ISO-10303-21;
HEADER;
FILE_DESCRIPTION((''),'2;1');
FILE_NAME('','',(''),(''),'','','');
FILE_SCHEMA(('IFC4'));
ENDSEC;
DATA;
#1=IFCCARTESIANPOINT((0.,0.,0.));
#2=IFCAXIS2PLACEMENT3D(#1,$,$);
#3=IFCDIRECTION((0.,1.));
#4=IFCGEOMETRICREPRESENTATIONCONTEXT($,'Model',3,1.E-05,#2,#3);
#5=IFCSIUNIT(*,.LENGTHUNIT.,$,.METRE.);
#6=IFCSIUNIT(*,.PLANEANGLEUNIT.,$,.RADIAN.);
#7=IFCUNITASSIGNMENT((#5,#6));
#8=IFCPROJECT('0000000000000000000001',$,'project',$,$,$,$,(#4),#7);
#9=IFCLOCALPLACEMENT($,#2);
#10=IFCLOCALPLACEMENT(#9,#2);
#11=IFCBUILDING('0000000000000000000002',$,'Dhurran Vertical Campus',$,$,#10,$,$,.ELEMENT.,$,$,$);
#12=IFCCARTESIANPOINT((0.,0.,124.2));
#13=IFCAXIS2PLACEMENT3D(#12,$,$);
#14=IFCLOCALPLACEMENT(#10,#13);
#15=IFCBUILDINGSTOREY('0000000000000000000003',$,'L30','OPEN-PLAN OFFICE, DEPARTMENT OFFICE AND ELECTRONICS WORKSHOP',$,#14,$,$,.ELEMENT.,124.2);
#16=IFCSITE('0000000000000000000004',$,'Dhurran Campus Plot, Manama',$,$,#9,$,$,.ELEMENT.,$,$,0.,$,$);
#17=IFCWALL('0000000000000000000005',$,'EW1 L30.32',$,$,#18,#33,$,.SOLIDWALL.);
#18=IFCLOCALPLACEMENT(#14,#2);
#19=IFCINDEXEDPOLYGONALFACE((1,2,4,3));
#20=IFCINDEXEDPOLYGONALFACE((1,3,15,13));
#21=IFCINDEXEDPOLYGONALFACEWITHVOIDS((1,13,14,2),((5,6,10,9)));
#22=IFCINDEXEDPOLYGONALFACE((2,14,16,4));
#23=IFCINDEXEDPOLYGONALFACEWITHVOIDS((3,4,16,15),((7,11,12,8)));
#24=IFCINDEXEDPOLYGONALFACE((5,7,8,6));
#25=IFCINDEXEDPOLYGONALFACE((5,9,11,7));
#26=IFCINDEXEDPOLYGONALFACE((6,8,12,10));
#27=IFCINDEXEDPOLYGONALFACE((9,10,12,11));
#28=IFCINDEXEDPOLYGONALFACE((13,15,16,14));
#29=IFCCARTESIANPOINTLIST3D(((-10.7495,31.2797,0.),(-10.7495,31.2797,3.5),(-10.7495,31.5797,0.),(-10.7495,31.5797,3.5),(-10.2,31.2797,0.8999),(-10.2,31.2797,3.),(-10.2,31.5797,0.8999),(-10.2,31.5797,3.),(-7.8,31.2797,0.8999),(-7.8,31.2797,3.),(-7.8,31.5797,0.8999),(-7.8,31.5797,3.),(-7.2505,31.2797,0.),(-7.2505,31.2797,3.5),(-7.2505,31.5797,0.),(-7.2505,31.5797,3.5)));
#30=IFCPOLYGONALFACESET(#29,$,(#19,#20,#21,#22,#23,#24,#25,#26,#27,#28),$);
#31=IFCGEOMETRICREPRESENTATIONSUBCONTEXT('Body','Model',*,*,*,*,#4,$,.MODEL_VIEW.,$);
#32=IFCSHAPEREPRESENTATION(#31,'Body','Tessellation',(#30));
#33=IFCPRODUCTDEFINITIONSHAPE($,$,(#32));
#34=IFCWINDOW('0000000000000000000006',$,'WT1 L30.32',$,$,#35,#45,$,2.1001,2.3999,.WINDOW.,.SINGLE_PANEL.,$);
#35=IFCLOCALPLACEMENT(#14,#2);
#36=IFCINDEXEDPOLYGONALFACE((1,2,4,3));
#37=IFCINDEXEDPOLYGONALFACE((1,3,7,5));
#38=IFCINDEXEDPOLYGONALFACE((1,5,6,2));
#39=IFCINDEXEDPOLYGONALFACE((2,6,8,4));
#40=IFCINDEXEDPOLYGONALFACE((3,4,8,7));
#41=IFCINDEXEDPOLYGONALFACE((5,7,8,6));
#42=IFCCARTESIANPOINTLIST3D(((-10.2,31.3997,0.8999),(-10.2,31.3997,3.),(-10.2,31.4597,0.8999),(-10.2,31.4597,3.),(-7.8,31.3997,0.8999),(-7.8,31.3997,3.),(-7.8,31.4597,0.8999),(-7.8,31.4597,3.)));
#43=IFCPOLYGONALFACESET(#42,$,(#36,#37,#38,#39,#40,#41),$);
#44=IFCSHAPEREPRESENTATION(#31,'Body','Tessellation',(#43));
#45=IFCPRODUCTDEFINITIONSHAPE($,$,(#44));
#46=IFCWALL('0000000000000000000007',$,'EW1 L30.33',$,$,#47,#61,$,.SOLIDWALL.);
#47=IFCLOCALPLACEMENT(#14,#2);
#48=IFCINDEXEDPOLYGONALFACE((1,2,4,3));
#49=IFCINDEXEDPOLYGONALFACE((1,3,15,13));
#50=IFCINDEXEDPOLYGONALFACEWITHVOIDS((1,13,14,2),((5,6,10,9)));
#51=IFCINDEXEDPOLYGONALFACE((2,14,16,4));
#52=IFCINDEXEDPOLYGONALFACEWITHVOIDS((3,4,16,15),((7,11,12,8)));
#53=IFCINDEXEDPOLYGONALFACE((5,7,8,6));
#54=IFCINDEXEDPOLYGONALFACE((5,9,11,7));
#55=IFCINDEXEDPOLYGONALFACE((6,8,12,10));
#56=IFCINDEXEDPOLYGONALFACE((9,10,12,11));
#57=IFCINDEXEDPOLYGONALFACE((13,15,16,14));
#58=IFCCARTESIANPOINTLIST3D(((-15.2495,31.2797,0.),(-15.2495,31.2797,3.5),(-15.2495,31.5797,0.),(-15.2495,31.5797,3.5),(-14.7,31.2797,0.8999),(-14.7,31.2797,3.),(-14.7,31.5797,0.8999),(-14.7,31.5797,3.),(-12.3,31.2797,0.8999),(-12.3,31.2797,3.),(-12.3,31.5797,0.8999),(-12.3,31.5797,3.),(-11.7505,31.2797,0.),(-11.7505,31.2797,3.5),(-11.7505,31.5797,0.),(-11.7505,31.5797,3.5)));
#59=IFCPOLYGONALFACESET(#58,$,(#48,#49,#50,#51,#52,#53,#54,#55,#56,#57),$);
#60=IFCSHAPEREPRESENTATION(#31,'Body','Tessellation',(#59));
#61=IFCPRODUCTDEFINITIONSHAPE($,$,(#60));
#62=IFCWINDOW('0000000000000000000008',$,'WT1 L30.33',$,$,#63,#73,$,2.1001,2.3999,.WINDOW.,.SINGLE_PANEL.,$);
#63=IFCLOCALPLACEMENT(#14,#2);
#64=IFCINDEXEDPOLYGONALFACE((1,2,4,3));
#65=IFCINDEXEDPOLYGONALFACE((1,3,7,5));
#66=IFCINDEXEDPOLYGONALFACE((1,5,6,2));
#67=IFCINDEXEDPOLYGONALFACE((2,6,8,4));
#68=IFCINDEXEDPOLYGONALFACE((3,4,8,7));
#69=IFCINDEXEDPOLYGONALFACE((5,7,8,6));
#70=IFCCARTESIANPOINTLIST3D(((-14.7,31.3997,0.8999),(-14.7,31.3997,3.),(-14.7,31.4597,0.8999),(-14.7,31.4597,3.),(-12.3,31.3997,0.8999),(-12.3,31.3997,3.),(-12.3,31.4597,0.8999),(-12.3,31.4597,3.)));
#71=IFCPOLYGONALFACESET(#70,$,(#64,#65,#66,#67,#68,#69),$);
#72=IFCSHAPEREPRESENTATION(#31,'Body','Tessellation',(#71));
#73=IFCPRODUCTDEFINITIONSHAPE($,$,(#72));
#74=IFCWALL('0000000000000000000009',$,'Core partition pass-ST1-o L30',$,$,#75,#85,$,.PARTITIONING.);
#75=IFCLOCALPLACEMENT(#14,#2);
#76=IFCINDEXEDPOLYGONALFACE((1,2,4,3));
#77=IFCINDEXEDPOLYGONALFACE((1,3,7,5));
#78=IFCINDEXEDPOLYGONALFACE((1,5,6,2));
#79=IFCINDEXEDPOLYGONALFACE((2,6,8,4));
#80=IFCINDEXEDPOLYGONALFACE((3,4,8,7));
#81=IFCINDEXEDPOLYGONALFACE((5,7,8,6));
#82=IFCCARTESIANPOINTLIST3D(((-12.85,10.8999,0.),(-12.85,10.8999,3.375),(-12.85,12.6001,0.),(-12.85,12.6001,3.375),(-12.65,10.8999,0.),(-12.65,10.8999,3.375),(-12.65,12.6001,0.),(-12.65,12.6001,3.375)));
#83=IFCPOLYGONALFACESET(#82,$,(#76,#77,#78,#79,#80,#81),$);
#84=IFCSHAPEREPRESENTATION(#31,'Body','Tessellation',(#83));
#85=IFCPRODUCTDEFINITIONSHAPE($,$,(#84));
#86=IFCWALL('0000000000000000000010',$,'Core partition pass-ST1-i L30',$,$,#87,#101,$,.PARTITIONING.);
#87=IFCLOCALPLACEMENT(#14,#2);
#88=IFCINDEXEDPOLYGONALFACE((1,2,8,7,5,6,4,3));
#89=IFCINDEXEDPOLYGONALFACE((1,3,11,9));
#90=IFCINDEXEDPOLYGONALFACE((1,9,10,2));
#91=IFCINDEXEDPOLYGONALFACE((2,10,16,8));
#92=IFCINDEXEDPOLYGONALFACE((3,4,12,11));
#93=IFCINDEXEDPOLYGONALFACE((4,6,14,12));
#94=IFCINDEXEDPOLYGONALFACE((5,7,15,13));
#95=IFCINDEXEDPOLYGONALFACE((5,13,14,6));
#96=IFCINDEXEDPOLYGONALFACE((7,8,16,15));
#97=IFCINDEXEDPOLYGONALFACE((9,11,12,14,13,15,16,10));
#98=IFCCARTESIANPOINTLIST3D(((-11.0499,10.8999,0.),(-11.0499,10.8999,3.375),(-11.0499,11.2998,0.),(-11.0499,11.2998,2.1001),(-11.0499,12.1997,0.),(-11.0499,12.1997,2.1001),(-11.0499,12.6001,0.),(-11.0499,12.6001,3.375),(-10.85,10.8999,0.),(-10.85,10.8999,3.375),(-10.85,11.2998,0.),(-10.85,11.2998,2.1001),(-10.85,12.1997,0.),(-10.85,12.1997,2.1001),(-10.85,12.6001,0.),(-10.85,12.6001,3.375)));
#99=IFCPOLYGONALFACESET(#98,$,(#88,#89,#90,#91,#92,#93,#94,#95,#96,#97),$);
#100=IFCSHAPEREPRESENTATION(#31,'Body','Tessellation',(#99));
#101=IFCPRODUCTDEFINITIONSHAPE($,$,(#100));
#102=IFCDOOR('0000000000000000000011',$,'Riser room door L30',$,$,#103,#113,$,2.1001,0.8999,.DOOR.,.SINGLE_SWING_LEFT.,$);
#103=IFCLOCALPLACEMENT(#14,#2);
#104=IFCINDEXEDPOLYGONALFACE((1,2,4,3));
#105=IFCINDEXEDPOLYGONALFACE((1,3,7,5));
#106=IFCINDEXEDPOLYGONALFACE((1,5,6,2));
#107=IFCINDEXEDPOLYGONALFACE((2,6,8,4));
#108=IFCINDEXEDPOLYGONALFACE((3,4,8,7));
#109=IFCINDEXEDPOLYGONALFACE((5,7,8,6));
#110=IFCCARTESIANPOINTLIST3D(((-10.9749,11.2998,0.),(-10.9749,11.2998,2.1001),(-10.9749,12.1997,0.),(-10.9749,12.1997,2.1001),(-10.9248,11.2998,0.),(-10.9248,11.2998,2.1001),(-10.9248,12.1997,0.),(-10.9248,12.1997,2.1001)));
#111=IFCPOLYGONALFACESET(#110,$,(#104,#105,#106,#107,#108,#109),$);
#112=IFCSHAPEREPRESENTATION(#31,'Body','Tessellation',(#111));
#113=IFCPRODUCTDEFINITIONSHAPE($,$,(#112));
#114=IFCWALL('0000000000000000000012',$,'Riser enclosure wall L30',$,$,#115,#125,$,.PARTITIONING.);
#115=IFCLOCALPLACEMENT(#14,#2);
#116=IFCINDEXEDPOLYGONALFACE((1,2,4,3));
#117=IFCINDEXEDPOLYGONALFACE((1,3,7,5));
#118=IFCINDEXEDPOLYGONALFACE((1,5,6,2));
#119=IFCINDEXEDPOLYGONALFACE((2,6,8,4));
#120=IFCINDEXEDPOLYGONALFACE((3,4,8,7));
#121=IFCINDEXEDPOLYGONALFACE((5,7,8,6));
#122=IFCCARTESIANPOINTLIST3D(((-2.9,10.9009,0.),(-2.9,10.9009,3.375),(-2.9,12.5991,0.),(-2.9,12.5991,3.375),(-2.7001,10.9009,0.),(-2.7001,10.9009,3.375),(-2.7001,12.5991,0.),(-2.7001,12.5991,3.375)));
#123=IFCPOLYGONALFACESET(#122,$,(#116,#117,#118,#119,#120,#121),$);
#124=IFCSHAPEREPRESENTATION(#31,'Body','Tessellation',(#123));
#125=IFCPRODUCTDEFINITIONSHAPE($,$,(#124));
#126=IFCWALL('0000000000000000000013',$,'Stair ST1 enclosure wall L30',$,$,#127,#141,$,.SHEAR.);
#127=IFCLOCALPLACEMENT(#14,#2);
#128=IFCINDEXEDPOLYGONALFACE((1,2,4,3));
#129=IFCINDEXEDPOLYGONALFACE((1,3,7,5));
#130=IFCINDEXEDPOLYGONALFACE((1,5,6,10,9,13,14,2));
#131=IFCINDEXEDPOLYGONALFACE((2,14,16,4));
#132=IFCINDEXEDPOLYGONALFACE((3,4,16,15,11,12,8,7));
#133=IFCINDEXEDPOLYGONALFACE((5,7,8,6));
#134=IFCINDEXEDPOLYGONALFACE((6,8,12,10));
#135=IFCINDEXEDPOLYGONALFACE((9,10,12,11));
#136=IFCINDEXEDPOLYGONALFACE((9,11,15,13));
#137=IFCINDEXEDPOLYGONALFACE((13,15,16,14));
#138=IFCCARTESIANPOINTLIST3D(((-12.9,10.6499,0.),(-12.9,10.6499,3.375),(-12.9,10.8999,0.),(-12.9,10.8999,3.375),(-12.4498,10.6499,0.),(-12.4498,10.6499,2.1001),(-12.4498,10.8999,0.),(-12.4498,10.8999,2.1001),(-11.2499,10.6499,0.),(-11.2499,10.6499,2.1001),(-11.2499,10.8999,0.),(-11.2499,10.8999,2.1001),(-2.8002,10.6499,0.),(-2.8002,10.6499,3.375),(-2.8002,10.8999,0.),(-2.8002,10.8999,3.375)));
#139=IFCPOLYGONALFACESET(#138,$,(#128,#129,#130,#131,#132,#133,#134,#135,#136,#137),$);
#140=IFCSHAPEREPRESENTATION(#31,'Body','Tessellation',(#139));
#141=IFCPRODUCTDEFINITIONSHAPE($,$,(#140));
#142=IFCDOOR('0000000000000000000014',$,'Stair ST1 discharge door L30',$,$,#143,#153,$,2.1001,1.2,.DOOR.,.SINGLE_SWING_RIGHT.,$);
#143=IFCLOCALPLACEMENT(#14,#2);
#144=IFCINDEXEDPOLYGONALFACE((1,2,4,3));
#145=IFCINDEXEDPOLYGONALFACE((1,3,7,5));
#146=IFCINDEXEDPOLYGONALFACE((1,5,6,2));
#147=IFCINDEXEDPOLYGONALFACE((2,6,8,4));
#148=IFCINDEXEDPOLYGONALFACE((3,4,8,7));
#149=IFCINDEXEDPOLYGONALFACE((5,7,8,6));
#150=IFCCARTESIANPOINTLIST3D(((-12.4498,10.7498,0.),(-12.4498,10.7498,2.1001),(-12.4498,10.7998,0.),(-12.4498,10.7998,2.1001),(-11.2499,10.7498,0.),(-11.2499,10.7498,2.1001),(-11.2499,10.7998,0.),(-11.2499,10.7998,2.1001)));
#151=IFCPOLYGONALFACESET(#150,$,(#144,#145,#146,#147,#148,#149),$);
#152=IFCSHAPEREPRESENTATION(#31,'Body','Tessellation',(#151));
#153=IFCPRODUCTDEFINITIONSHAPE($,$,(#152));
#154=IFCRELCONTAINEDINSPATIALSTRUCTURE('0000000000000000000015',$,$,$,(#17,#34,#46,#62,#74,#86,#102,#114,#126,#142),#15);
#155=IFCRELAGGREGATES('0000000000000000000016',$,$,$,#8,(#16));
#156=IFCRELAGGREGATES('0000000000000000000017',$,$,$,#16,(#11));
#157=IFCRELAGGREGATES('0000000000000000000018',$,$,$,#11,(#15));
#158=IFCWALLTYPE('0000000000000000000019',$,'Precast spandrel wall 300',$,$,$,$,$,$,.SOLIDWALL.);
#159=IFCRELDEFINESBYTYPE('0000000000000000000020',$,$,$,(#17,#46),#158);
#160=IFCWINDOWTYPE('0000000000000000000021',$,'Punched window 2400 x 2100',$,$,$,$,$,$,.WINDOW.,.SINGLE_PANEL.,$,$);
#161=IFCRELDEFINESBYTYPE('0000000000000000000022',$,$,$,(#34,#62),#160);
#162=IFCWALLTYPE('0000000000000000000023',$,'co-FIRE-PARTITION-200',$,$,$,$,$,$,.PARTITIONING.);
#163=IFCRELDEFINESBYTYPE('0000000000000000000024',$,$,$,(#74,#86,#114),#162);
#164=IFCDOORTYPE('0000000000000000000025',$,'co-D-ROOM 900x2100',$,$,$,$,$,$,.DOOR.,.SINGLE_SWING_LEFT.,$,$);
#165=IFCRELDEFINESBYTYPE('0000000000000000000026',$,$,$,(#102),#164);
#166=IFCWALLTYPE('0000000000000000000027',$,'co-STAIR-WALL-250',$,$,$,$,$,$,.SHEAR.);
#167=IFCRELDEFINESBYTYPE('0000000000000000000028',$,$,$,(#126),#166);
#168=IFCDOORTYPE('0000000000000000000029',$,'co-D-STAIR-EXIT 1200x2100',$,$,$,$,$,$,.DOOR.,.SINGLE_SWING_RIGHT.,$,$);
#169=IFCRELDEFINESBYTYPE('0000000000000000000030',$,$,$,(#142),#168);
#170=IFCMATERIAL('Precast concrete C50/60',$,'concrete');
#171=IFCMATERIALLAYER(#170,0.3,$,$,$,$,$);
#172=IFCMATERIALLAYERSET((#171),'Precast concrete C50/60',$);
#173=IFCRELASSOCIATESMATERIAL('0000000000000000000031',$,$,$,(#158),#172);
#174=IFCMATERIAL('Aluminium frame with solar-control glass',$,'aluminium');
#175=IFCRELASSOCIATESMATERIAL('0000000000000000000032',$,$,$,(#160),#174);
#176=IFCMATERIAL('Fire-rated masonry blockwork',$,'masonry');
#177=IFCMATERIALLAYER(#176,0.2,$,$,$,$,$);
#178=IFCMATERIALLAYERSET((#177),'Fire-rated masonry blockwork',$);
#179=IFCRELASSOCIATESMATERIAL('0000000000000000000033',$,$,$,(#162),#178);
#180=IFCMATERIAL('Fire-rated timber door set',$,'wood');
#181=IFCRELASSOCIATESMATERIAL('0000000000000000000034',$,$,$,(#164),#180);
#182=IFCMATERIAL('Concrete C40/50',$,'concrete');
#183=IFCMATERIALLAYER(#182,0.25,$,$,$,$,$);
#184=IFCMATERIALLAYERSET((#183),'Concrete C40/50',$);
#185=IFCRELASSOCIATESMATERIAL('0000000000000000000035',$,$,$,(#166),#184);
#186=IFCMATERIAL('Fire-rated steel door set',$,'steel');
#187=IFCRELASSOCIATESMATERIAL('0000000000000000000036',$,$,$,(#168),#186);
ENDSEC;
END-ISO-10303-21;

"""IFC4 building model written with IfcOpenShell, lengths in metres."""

from ifc_helpers import new_model, si_unit, direction, frame, frame_2d, origin, place, context, subcontext, project, spatial, rectangle, extrude, material, layer, layer_set, type_object, element, fill, save


model = new_model("IFC4")

# Units and contexts
model_context = context("Model", 3, precision=1e-05, world=origin(), true_north=direction((0.0, 1.0)))
body_context = subcontext(model_context, "Body", "Model", "MODEL_VIEW")
ifc_project = project(units=[si_unit("LENGTHUNIT", "METRE"), si_unit("PLANEANGLEUNIT", "RADIAN")], contexts=[model_context])

# Site, building, storey
site_placement = place(None, origin())
site = spatial("IfcSite", under=ifc_project, at=site_placement, Name="Dhurran Campus Plot, Manama", CompositionType="ELEMENT", RefElevation=0.0)
building_placement = place(site_placement, origin())
building = spatial("IfcBuilding", under=site, at=building_placement, Name="Dhurran Vertical Campus", CompositionType="ELEMENT")
storey_placement = place(building_placement, frame((0.0, 0.0, 124.2)))
storey = spatial("IfcBuildingStorey", under=building, at=storey_placement, Name="L30", Description="OPEN-PLAN OFFICE, DEPARTMENT OFFICE AND ELECTRONICS WORKSHOP", CompositionType="ELEMENT", Elevation=124.2)

# Walls, openings, windows
ifc_material_1 = material(Name="Precast concrete C50/60", Category="concrete")
ifc_layer_1 = layer(ifc_material_1, 0.3)
ifc_layer_set_1 = layer_set([ifc_layer_1], Name="Precast concrete C50/60")
wall_type_1 = type_object("IfcWallType", Name="Precast spandrel wall 300", PredefinedType="SOLIDWALL", material=ifc_layer_set_1)
ifc_material_2 = material(Name="Aluminium frame with solar-control glass", Category="aluminium")
window_type = type_object("IfcWindowType", Name="Punched window 2400 x 2100", PartitioningType="SINGLE_PANEL", PredefinedType="WINDOW", material=ifc_material_2)
wall_1_placement = place(storey_placement, frame((-7.2505, 31.4297, 0.0), z_axis=(0.0, 0.0, 1.0), x_axis=(-1.0, 0.0, 0.0)))
wall_1 = element("IfcWall", 1, at=wall_1_placement, inside=storey, type_object=wall_type_1, Name="EW1 L30.32", PredefinedType="SOLIDWALL", context=body_context, shape_type="SweptSolid", body=[
    extrude(rectangle(XDim=3.499, YDim=0.3, at=frame_2d((1.7495, 0.0))), origin(), (0.0, 0.0, 1.0), 3.5),
])
opening_1_placement = place(wall_1_placement, frame((0.5496, 0.0, 0.8999)))
opening_1 = element("IfcOpeningElement", 2, at=opening_1_placement, cuts=wall_1, PredefinedType="OPENING", context=body_context, shape_type="SweptSolid", body=[
    extrude(rectangle(XDim=2.3999, YDim=2.1001, at=frame_2d((1.2, 1.05))), frame((0.0, 0.1599, 0.0), z_axis=(0.0, -1.0, 0.0), x_axis=(1.0, 0.0, 0.0)), (0.0, 0.0, 1.0), 0.3201),
])
window_1_placement = place(opening_1_placement, origin())
window_1 = element("IfcWindow", 3, at=window_1_placement, inside=storey, type_object=window_type, Name="WT1 L30.32", OverallHeight=2.1001, OverallWidth=2.3999, PartitioningType="SINGLE_PANEL", PredefinedType="WINDOW", context=body_context, shape_type="SweptSolid", body=[
    extrude(rectangle(XDim=2.3999, YDim=2.1001, at=frame_2d((1.2, 1.05))), frame((0.0, 0.03, 0.0), z_axis=(0.0, -1.0, 0.0), x_axis=(1.0, 0.0, 0.0)), (0.0, 0.0, 1.0), 0.0601),
])
fill(opening_1, window_1)
wall_2_placement = place(storey_placement, frame((-11.7505, 31.4297, 0.0), z_axis=(0.0, 0.0, 1.0), x_axis=(-1.0, 0.0, 0.0)))
wall_2 = element("IfcWall", 4, at=wall_2_placement, inside=storey, type_object=wall_type_1, Name="EW1 L30.33", PredefinedType="SOLIDWALL", context=body_context, shape_type="SweptSolid", body=[
    extrude(rectangle(XDim=3.499, YDim=0.3, at=frame_2d((1.7495, 0.0))), origin(), (0.0, 0.0, 1.0), 3.5),
])
opening_2_placement = place(wall_2_placement, frame((0.5496, 0.0, 0.8999)))
opening_2 = element("IfcOpeningElement", 5, at=opening_2_placement, cuts=wall_2, PredefinedType="OPENING", context=body_context, shape_type="SweptSolid", body=[
    extrude(rectangle(XDim=2.3999, YDim=2.1001, at=frame_2d((1.2, 1.05))), frame((0.0, 0.1599, 0.0), z_axis=(0.0, -1.0, 0.0), x_axis=(1.0, 0.0, 0.0)), (0.0, 0.0, 1.0), 0.3201),
])
window_2_placement = place(opening_2_placement, origin())
window_2 = element("IfcWindow", 6, at=window_2_placement, inside=storey, type_object=window_type, Name="WT1 L30.33", OverallHeight=2.1001, OverallWidth=2.3999, PartitioningType="SINGLE_PANEL", PredefinedType="WINDOW", context=body_context, shape_type="SweptSolid", body=[
    extrude(rectangle(XDim=2.3999, YDim=2.1001, at=frame_2d((1.2, 1.05))), frame((0.0, 0.03, 0.0), z_axis=(0.0, -1.0, 0.0), x_axis=(1.0, 0.0, 0.0)), (0.0, 0.0, 1.0), 0.0601),
])
fill(opening_2, window_2)

# Wall
ifc_material_3 = material(Name="Fire-rated masonry blockwork", Category="masonry")
ifc_layer_2 = layer(ifc_material_3, 0.2)
ifc_layer_set_2 = layer_set([ifc_layer_2], Name="Fire-rated masonry blockwork")
wall_type_2 = type_object("IfcWallType", Name="co-FIRE-PARTITION-200", PredefinedType="PARTITIONING", material=ifc_layer_set_2)
wall_3_placement = place(storey_placement, frame((-12.75, 10.8999, 0.0), z_axis=(0.0, 0.0, 1.0), x_axis=(0.0, 1.0, 0.0)))
element("IfcWall", 7, at=wall_3_placement, inside=storey, type_object=wall_type_2, Name="Core partition pass-ST1-o L30", PredefinedType="PARTITIONING", context=body_context, shape_type="SweptSolid", body=[
    extrude(rectangle(XDim=1.7002, YDim=0.2, at=frame_2d((0.8501, 0.0))), origin(), (0.0, 0.0, 1.0), 3.375),
])

# Wall, opening, door
wall_4_placement = place(storey_placement, frame((-10.95, 10.8999, 0.0), z_axis=(0.0, 0.0, 1.0), x_axis=(0.0, 1.0, 0.0)))
wall_4 = element("IfcWall", 8, at=wall_4_placement, inside=storey, type_object=wall_type_2, Name="Core partition pass-ST1-i L30", PredefinedType="PARTITIONING", context=body_context, shape_type="SweptSolid", body=[
    extrude(rectangle(XDim=1.7002, YDim=0.2, at=frame_2d((0.8501, 0.0))), origin(), (0.0, 0.0, 1.0), 3.375),
])
opening_3_placement = place(wall_4_placement, frame((0.3999, 0.0, 0.0)))
opening_3 = element("IfcOpeningElement", 9, at=opening_3_placement, cuts=wall_4, PredefinedType="OPENING", context=body_context, shape_type="SweptSolid", body=[
    extrude(rectangle(XDim=0.8999, YDim=2.1001, at=frame_2d((0.45, 1.05))), frame((0.0, 0.1099, 0.0), z_axis=(0.0, -1.0, 0.0), x_axis=(1.0, 0.0, 0.0)), (0.0, 0.0, 1.0), 0.22),
])
ifc_material_4 = material(Name="Fire-rated timber door set", Category="wood")
door_type_1 = type_object("IfcDoorType", Name="co-D-ROOM 900x2100", OperationType="SINGLE_SWING_LEFT", PredefinedType="DOOR", material=ifc_material_4)
door_1_placement = place(opening_3_placement, origin())
door_1 = element("IfcDoor", 10, at=door_1_placement, inside=storey, type_object=door_type_1, Name="Riser room door L30", OperationType="SINGLE_SWING_LEFT", OverallHeight=2.1001, OverallWidth=0.8999, PredefinedType="DOOR", context=body_context, shape_type="SweptSolid", body=[
    extrude(rectangle(XDim=0.8999, YDim=2.1001, at=frame_2d((0.45, 1.05))), frame((0.0, 0.0249, 0.0), z_axis=(0.0, -1.0, 0.0), x_axis=(1.0, 0.0, 0.0)), (0.0, 0.0, 1.0), 0.05),
])
fill(opening_3, door_1)

# Wall
wall_5_placement = place(storey_placement, frame((-2.8, 10.9009, 0.0), z_axis=(0.0, 0.0, 1.0), x_axis=(0.0, 1.0, 0.0)))
element("IfcWall", 11, at=wall_5_placement, inside=storey, type_object=wall_type_2, Name="Riser enclosure wall L30", PredefinedType="PARTITIONING", context=body_context, shape_type="SweptSolid", body=[
    extrude(rectangle(XDim=1.6982, YDim=0.2, at=frame_2d((0.8491, 0.0))), origin(), (0.0, 0.0, 1.0), 3.375),
])

# Wall, opening, door
ifc_material_5 = material(Name="Concrete C40/50", Category="concrete")
ifc_layer_3 = layer(ifc_material_5, 0.25)
ifc_layer_set_3 = layer_set([ifc_layer_3], Name="Concrete C40/50")
wall_type_3 = type_object("IfcWallType", Name="co-STAIR-WALL-250", PredefinedType="SHEAR", material=ifc_layer_set_3)
wall_6_placement = place(storey_placement, frame((-12.8999, 10.7749, 0.0), z_axis=(0.0, 0.0, 1.0), x_axis=(1.0, 0.0, 0.0)))
wall_6 = element("IfcWall", 12, at=wall_6_placement, inside=storey, type_object=wall_type_3, Name="Stair ST1 enclosure wall L30", PredefinedType="SHEAR", context=body_context, shape_type="SweptSolid", body=[
    extrude(rectangle(XDim=10.0999, YDim=0.25, at=frame_2d((5.0498, 0.0))), origin(), (0.0, 0.0, 1.0), 3.375),
])
opening_4_placement = place(wall_6_placement, frame((0.45, 0.0, 0.0)))
opening_4 = element("IfcOpeningElement", 13, at=opening_4_placement, cuts=wall_6, PredefinedType="OPENING", context=body_context, shape_type="SweptSolid", body=[
    extrude(rectangle(XDim=1.2, YDim=2.1001, at=frame_2d((0.6001, 1.05))), frame((0.0, 0.135, 0.0), z_axis=(0.0, -1.0, 0.0), x_axis=(1.0, 0.0, 0.0)), (0.0, 0.0, 1.0), 0.27),
])
ifc_material_6 = material(Name="Fire-rated steel door set", Category="steel")
door_type_2 = type_object("IfcDoorType", Name="co-D-STAIR-EXIT 1200x2100", OperationType="SINGLE_SWING_RIGHT", PredefinedType="DOOR", material=ifc_material_6)
door_2_placement = place(opening_4_placement, origin())
door_2 = element("IfcDoor", 14, at=door_2_placement, inside=storey, type_object=door_type_2, Name="Stair ST1 discharge door L30", OperationType="SINGLE_SWING_RIGHT", OverallHeight=2.1001, OverallWidth=1.2, PredefinedType="DOOR", context=body_context, shape_type="SweptSolid", body=[
    extrude(rectangle(XDim=1.2, YDim=2.1001, at=frame_2d((0.6001, 1.05))), frame((0.0, 0.0249, 0.0), z_axis=(0.0, -1.0, 0.0), x_axis=(1.0, 0.0, 0.0)), (0.0, 0.0, 1.0), 0.05),
])
fill(opening_4, door_2)

save(model, "model.ifc")
